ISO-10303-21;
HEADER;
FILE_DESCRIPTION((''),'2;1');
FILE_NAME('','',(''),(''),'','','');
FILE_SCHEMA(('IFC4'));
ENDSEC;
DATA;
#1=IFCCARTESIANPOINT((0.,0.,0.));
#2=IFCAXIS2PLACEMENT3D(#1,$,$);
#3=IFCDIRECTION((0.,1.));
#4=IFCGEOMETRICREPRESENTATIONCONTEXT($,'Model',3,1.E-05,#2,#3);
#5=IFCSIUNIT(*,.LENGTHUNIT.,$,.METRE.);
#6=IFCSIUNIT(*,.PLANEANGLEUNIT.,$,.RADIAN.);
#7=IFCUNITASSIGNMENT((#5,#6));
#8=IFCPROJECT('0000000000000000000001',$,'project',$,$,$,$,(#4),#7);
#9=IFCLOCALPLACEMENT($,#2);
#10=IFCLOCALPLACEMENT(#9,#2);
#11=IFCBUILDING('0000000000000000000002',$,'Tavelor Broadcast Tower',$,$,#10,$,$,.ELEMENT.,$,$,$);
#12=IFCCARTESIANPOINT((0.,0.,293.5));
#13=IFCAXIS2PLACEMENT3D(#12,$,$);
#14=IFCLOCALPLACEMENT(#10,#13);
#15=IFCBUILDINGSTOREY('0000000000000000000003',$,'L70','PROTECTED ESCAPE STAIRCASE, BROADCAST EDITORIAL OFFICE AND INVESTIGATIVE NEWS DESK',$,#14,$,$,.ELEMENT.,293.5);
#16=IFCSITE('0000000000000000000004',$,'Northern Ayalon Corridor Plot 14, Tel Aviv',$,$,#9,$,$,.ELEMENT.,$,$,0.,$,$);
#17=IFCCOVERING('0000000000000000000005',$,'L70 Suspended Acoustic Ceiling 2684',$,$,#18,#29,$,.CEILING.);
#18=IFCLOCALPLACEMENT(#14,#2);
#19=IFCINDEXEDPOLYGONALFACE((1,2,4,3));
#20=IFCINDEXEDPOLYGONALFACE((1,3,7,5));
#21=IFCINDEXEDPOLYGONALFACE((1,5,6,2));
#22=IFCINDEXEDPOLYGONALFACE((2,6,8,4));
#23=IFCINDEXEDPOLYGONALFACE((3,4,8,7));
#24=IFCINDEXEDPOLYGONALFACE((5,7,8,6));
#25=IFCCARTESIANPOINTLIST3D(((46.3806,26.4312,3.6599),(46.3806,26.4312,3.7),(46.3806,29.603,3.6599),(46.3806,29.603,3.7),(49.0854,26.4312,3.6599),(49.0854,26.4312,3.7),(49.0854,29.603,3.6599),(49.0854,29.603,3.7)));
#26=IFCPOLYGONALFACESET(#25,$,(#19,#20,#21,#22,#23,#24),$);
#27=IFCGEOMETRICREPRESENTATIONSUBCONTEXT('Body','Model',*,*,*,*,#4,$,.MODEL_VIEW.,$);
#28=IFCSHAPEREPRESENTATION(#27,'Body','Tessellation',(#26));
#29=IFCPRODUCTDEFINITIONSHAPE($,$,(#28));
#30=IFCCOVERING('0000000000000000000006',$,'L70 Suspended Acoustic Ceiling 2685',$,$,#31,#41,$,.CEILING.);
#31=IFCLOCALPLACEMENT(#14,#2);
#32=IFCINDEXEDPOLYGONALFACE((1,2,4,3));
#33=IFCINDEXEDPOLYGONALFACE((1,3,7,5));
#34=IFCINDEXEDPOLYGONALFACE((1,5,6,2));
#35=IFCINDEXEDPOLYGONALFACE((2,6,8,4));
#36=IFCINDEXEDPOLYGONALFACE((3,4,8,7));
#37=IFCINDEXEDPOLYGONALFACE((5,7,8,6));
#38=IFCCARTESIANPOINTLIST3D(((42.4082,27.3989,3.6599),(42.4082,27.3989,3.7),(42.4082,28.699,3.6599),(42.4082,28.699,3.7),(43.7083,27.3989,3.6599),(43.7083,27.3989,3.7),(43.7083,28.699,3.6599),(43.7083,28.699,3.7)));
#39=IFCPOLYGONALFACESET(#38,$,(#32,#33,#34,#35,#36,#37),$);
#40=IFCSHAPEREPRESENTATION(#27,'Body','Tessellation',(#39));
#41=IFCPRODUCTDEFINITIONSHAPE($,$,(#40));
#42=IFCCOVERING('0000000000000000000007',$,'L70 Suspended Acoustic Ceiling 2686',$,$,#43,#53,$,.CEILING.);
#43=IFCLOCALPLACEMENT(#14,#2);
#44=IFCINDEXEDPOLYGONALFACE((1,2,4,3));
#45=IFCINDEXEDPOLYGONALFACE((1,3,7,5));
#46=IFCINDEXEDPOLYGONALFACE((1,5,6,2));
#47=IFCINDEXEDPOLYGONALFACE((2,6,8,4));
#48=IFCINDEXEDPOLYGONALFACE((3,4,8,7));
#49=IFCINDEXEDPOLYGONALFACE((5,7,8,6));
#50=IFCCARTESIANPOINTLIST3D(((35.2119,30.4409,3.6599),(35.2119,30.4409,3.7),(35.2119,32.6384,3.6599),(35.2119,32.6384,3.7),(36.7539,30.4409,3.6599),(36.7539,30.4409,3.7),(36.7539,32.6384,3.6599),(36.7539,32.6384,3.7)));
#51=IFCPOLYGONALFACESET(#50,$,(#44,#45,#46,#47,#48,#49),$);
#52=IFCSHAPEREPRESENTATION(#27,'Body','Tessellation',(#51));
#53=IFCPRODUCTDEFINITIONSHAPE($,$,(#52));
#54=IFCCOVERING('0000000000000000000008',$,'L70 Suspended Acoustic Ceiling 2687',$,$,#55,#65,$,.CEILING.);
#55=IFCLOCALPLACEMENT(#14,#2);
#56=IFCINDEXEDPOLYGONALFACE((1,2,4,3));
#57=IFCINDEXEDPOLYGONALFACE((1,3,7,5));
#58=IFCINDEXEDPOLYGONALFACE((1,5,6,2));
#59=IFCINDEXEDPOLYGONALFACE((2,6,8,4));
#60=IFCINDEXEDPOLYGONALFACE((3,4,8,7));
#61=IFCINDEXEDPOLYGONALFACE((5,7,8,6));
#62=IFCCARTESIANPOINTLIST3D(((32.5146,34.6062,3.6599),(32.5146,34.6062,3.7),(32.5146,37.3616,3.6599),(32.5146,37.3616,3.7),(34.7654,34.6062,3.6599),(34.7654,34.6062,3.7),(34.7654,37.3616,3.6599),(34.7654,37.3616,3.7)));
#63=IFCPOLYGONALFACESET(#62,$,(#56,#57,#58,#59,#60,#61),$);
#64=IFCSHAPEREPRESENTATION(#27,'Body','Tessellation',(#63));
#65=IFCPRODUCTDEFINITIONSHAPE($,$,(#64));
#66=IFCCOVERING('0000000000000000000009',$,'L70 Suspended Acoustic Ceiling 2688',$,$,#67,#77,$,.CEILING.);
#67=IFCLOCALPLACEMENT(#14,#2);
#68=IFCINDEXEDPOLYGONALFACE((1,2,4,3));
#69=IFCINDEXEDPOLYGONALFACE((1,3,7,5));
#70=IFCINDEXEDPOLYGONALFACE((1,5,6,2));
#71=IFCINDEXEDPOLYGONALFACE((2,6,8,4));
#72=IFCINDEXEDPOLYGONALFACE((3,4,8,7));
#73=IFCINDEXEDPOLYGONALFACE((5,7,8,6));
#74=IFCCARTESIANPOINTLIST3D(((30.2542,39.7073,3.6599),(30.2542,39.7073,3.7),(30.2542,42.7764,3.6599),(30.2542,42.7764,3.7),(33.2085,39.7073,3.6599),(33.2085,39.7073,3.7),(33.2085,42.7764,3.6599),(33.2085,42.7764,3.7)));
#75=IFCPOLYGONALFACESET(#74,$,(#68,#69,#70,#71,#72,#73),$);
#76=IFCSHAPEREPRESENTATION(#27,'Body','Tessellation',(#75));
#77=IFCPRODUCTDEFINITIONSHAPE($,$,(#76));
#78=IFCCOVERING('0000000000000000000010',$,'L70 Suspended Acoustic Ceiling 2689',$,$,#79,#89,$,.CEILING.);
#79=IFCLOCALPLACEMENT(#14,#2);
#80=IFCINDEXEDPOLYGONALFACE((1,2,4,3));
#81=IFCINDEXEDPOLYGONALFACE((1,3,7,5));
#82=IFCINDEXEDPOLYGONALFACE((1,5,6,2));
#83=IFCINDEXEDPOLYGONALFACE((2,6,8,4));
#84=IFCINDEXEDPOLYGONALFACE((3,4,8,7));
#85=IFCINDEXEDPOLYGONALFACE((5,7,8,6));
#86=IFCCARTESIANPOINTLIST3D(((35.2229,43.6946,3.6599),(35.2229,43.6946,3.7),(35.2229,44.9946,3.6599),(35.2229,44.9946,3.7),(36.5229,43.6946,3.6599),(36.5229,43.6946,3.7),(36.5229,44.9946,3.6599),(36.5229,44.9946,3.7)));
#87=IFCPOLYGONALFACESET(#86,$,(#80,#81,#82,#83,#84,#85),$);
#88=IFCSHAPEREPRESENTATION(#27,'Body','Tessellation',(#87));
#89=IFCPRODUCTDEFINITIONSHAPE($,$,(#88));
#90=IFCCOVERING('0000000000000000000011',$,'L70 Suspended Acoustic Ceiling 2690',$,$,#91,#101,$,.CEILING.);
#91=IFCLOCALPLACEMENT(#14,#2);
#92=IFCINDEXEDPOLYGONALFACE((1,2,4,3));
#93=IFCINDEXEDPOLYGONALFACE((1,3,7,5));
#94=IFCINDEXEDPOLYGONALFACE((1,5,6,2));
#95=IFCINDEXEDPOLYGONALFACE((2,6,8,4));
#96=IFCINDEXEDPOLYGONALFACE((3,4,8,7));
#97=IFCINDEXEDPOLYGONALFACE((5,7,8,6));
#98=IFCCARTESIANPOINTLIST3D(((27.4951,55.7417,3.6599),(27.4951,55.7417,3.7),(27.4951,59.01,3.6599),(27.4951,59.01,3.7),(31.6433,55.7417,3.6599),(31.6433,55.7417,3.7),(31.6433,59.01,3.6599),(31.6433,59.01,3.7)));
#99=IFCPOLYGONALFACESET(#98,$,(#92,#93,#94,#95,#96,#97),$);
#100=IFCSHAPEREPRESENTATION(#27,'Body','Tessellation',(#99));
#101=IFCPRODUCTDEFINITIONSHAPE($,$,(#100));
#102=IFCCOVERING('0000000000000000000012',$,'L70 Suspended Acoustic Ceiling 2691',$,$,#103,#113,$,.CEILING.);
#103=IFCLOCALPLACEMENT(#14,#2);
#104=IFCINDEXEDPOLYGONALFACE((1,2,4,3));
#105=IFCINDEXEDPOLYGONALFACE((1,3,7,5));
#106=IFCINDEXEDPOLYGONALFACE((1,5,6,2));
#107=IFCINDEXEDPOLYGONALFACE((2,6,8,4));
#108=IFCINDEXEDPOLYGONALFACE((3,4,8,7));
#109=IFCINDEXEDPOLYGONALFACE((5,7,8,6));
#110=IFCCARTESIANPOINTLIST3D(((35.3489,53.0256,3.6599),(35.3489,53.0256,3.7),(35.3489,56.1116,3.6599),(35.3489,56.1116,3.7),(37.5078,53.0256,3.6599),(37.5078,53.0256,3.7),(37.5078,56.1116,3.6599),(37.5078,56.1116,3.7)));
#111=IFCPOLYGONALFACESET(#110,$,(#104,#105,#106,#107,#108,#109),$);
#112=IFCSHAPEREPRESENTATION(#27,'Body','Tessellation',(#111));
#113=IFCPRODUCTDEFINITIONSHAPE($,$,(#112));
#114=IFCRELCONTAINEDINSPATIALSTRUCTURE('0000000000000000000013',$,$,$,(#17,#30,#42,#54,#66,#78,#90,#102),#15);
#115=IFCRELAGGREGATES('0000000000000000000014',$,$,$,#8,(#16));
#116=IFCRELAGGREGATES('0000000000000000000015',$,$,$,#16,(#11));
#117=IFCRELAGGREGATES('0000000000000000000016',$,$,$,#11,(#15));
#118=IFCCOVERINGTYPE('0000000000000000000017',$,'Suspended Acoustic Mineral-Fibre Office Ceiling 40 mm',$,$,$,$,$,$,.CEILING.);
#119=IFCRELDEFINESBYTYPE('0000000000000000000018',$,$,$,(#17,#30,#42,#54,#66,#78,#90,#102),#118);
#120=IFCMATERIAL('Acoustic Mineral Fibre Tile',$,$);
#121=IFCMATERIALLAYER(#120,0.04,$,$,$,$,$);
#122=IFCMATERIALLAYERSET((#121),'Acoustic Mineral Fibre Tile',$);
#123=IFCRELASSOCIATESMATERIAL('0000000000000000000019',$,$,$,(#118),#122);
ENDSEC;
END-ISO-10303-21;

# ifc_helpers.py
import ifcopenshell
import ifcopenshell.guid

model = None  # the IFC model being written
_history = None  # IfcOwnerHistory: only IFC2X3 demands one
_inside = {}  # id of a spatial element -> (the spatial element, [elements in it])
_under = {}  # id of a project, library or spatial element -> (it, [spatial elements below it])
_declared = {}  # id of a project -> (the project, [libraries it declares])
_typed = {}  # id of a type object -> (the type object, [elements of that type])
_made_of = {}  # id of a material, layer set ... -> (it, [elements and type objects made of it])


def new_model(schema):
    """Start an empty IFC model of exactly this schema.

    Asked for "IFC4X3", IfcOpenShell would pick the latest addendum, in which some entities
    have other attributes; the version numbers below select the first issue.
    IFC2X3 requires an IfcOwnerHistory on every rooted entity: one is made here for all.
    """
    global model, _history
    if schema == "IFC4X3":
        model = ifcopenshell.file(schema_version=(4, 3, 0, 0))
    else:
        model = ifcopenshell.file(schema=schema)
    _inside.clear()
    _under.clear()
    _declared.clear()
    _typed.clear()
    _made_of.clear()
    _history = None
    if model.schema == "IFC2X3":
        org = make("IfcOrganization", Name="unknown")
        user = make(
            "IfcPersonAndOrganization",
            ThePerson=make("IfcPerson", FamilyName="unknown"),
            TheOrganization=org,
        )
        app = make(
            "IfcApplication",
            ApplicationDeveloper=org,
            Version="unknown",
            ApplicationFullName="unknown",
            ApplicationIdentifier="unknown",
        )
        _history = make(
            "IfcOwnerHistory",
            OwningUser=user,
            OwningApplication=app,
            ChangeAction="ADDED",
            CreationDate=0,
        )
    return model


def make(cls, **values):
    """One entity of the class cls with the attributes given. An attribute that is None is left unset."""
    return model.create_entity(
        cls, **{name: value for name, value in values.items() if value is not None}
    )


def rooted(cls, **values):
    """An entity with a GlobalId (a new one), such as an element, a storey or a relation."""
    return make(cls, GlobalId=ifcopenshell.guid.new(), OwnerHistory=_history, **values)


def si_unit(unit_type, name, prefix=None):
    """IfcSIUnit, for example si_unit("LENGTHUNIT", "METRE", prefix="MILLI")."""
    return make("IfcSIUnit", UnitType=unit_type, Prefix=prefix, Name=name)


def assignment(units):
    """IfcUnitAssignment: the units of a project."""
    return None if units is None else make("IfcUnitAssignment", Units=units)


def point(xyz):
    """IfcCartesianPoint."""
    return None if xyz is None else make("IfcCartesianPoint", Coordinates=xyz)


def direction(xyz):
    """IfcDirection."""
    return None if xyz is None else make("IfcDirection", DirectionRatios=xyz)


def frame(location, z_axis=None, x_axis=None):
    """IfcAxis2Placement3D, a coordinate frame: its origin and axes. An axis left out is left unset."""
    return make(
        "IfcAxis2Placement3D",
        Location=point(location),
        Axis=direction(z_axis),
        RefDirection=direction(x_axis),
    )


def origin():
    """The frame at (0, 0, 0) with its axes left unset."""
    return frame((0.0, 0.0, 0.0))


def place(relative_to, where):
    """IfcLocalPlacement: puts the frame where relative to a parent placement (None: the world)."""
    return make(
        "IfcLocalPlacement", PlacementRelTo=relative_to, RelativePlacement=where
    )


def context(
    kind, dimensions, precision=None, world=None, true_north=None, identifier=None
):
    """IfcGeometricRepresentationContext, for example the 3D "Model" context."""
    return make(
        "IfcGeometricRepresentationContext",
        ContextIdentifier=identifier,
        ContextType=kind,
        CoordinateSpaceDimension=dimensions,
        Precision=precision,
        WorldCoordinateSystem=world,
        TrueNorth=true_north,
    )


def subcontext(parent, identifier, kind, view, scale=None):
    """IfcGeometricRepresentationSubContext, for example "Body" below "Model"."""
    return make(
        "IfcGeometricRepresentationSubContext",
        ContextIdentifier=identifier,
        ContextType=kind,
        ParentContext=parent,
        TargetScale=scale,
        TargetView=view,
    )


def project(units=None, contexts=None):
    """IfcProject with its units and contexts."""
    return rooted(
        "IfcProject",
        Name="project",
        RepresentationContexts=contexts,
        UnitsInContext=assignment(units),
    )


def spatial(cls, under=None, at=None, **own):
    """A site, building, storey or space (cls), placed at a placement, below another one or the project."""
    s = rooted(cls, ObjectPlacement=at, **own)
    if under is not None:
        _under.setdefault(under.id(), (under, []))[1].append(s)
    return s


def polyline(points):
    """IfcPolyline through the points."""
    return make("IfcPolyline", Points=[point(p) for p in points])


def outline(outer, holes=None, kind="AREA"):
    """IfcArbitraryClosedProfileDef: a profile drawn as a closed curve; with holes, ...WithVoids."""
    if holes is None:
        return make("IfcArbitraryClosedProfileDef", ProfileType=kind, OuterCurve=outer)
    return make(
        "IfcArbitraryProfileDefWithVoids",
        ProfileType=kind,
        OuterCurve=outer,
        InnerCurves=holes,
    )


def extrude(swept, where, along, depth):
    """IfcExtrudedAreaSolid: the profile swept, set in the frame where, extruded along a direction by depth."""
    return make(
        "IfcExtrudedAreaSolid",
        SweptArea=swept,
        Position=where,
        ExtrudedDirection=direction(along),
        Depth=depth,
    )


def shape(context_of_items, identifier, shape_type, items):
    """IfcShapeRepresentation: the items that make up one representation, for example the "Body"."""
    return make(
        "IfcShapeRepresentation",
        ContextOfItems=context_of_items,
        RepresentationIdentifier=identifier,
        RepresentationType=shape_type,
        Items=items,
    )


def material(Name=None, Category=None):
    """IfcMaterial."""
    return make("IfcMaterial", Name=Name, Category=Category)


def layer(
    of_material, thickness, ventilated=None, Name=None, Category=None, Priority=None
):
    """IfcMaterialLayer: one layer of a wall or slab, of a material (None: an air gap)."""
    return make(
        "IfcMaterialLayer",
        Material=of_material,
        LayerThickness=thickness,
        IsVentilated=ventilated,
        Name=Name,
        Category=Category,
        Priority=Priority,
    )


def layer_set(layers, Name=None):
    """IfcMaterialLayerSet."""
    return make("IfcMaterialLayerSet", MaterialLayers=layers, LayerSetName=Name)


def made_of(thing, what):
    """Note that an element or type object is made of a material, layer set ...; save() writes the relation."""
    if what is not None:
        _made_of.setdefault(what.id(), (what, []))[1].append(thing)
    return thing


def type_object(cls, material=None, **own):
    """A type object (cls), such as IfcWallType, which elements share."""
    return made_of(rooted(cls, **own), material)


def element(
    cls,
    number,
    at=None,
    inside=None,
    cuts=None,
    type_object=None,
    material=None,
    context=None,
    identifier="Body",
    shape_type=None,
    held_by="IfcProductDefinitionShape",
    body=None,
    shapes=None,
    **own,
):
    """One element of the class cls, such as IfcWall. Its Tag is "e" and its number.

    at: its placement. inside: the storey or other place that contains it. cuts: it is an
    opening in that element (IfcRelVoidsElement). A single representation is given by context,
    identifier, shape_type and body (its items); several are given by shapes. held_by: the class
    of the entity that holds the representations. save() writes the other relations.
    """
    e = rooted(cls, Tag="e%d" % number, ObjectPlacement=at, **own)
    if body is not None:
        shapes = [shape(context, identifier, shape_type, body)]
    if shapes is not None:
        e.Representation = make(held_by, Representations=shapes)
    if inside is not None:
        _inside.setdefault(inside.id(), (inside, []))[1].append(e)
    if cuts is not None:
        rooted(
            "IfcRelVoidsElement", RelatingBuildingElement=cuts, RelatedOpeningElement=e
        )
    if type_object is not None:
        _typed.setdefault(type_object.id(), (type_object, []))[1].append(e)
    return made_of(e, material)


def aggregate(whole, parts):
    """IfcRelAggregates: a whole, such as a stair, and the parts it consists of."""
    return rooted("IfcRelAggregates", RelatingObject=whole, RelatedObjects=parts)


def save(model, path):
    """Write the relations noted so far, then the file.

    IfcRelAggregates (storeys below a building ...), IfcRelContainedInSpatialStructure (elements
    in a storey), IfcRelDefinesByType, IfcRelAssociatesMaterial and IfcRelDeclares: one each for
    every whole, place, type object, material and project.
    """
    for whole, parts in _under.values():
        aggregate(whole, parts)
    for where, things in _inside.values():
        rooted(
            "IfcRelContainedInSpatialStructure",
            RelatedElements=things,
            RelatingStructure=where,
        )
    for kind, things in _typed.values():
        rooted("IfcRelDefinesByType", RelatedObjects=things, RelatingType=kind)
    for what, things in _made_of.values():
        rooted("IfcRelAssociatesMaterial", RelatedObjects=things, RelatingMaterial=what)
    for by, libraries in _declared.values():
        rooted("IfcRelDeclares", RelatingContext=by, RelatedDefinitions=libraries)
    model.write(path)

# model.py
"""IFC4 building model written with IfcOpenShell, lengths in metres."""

from ifc_helpers import new_model, si_unit, direction, frame, origin, place, context, subcontext, project, spatial, polyline, outline, extrude, material, layer, layer_set, type_object, element, save


model = new_model("IFC4")

# Units and contexts
model_context = context("Model", 3, precision=1e-05, world=origin(), true_north=direction((0.0, 1.0)))
body_context = subcontext(model_context, "Body", "Model", "MODEL_VIEW")
ifc_project = project(units=[si_unit("LENGTHUNIT", "METRE"), si_unit("PLANEANGLEUNIT", "RADIAN")], contexts=[model_context])

# Site, building, storey
site_placement = place(None, origin())
site = spatial("IfcSite", under=ifc_project, at=site_placement, Name="Northern Ayalon Corridor Plot 14, Tel Aviv", CompositionType="ELEMENT", RefElevation=0.0)
building_placement = place(site_placement, origin())
building = spatial("IfcBuilding", under=site, at=building_placement, Name="Tavelor Broadcast Tower", CompositionType="ELEMENT")
storey_placement = place(building_placement, frame((0.0, 0.0, 293.5)))
storey = spatial("IfcBuildingStorey", under=building, at=storey_placement, Name="L70", Description="PROTECTED ESCAPE STAIRCASE, BROADCAST EDITORIAL OFFICE AND INVESTIGATIVE NEWS DESK", CompositionType="ELEMENT", Elevation=293.5)

# Coverings
ifc_material_1 = material(Name="Acoustic Mineral Fibre Tile")
ifc_layer_1 = layer(ifc_material_1, 0.04)
ifc_layer_set_1 = layer_set([ifc_layer_1], Name="Acoustic Mineral Fibre Tile")
covering_type_1 = type_object("IfcCoveringType", Name="Suspended Acoustic Mineral-Fibre Office Ceiling 40 mm", PredefinedType="CEILING", material=ifc_layer_set_1)
covering_1_placement = place(storey_placement, frame((0.0, 0.0, 3.6599)))
element("IfcCovering", 1, at=covering_1_placement, inside=storey, type_object=covering_type_1, Name="L70 Suspended Acoustic Ceiling 2684", PredefinedType="CEILING", context=body_context, shape_type="SweptSolid", body=[
    extrude(outline(polyline([(46.3806, 26.4312), (49.0854, 26.4312), (49.0854, 29.603), (46.3806, 29.603), (46.3806, 26.4312)])), origin(), (0.0, 0.0, 1.0), 0.04),
])
covering_2_placement = place(storey_placement, frame((0.0, 0.0, 3.6599)))
element("IfcCovering", 2, at=covering_2_placement, inside=storey, type_object=covering_type_1, Name="L70 Suspended Acoustic Ceiling 2685", PredefinedType="CEILING", context=body_context, shape_type="SweptSolid", body=[
    extrude(outline(polyline([(42.4082, 27.3989), (43.7083, 27.3989), (43.7083, 28.699), (42.4082, 28.699), (42.4082, 27.3989)])), origin(), (0.0, 0.0, 1.0), 0.04),
])
covering_3_placement = place(storey_placement, frame((0.0, 0.0, 3.6599)))
element("IfcCovering", 3, at=covering_3_placement, inside=storey, type_object=covering_type_1, Name="L70 Suspended Acoustic Ceiling 2686", PredefinedType="CEILING", context=body_context, shape_type="SweptSolid", body=[
    extrude(outline(polyline([(35.2119, 30.4409), (36.7539, 30.4409), (36.7539, 32.6384), (35.2119, 32.6384), (35.2119, 30.4409)])), origin(), (0.0, 0.0, 1.0), 0.04),
])
covering_4_placement = place(storey_placement, frame((0.0, 0.0, 3.6599)))
element("IfcCovering", 4, at=covering_4_placement, inside=storey, type_object=covering_type_1, Name="L70 Suspended Acoustic Ceiling 2687", PredefinedType="CEILING", context=body_context, shape_type="SweptSolid", body=[
    extrude(outline(polyline([(32.5146, 34.6062), (34.7654, 34.6062), (34.7654, 37.3616), (32.5146, 37.3616), (32.5146, 34.6062)])), origin(), (0.0, 0.0, 1.0), 0.04),
])
covering_5_placement = place(storey_placement, frame((0.0, 0.0, 3.6599)))
element("IfcCovering", 5, at=covering_5_placement, inside=storey, type_object=covering_type_1, Name="L70 Suspended Acoustic Ceiling 2688", PredefinedType="CEILING", context=body_context, shape_type="SweptSolid", body=[
    extrude(outline(polyline([(30.2542, 39.7073), (33.2085, 39.7073), (33.2085, 42.7764), (30.2542, 42.7764), (30.2542, 39.7073)])), origin(), (0.0, 0.0, 1.0), 0.04),
])
covering_6_placement = place(storey_placement, frame((0.0, 0.0, 3.6599)))
element("IfcCovering", 6, at=covering_6_placement, inside=storey, type_object=covering_type_1, Name="L70 Suspended Acoustic Ceiling 2689", PredefinedType="CEILING", context=body_context, shape_type="SweptSolid", body=[
    extrude(outline(polyline([(35.2229, 43.6946), (36.5229, 43.6946), (36.5229, 44.9946), (35.2229, 44.9946), (35.2229, 43.6946)])), origin(), (0.0, 0.0, 1.0), 0.04),
])
covering_7_placement = place(storey_placement, frame((0.0, 0.0, 3.6599)))
element("IfcCovering", 7, at=covering_7_placement, inside=storey, type_object=covering_type_1, Name="L70 Suspended Acoustic Ceiling 2690", PredefinedType="CEILING", context=body_context, shape_type="SweptSolid", body=[
    extrude(outline(polyline([(27.4951, 55.7417), (31.6433, 55.7417), (31.6433, 59.01), (27.4951, 59.01), (27.4951, 55.7417)])), origin(), (0.0, 0.0, 1.0), 0.04),
])
covering_8_placement = place(storey_placement, frame((0.0, 0.0, 3.6599)))
element("IfcCovering", 8, at=covering_8_placement, inside=storey, type_object=covering_type_1, Name="L70 Suspended Acoustic Ceiling 2691", PredefinedType="CEILING", context=body_context, shape_type="SweptSolid", body=[
    extrude(outline(polyline([(35.3489, 53.0256), (37.5078, 53.0256), (37.5078, 56.1116), (35.3489, 56.1116), (35.3489, 53.0256)])), origin(), (0.0, 0.0, 1.0), 0.04),
])

save(model, "model.ifc")
